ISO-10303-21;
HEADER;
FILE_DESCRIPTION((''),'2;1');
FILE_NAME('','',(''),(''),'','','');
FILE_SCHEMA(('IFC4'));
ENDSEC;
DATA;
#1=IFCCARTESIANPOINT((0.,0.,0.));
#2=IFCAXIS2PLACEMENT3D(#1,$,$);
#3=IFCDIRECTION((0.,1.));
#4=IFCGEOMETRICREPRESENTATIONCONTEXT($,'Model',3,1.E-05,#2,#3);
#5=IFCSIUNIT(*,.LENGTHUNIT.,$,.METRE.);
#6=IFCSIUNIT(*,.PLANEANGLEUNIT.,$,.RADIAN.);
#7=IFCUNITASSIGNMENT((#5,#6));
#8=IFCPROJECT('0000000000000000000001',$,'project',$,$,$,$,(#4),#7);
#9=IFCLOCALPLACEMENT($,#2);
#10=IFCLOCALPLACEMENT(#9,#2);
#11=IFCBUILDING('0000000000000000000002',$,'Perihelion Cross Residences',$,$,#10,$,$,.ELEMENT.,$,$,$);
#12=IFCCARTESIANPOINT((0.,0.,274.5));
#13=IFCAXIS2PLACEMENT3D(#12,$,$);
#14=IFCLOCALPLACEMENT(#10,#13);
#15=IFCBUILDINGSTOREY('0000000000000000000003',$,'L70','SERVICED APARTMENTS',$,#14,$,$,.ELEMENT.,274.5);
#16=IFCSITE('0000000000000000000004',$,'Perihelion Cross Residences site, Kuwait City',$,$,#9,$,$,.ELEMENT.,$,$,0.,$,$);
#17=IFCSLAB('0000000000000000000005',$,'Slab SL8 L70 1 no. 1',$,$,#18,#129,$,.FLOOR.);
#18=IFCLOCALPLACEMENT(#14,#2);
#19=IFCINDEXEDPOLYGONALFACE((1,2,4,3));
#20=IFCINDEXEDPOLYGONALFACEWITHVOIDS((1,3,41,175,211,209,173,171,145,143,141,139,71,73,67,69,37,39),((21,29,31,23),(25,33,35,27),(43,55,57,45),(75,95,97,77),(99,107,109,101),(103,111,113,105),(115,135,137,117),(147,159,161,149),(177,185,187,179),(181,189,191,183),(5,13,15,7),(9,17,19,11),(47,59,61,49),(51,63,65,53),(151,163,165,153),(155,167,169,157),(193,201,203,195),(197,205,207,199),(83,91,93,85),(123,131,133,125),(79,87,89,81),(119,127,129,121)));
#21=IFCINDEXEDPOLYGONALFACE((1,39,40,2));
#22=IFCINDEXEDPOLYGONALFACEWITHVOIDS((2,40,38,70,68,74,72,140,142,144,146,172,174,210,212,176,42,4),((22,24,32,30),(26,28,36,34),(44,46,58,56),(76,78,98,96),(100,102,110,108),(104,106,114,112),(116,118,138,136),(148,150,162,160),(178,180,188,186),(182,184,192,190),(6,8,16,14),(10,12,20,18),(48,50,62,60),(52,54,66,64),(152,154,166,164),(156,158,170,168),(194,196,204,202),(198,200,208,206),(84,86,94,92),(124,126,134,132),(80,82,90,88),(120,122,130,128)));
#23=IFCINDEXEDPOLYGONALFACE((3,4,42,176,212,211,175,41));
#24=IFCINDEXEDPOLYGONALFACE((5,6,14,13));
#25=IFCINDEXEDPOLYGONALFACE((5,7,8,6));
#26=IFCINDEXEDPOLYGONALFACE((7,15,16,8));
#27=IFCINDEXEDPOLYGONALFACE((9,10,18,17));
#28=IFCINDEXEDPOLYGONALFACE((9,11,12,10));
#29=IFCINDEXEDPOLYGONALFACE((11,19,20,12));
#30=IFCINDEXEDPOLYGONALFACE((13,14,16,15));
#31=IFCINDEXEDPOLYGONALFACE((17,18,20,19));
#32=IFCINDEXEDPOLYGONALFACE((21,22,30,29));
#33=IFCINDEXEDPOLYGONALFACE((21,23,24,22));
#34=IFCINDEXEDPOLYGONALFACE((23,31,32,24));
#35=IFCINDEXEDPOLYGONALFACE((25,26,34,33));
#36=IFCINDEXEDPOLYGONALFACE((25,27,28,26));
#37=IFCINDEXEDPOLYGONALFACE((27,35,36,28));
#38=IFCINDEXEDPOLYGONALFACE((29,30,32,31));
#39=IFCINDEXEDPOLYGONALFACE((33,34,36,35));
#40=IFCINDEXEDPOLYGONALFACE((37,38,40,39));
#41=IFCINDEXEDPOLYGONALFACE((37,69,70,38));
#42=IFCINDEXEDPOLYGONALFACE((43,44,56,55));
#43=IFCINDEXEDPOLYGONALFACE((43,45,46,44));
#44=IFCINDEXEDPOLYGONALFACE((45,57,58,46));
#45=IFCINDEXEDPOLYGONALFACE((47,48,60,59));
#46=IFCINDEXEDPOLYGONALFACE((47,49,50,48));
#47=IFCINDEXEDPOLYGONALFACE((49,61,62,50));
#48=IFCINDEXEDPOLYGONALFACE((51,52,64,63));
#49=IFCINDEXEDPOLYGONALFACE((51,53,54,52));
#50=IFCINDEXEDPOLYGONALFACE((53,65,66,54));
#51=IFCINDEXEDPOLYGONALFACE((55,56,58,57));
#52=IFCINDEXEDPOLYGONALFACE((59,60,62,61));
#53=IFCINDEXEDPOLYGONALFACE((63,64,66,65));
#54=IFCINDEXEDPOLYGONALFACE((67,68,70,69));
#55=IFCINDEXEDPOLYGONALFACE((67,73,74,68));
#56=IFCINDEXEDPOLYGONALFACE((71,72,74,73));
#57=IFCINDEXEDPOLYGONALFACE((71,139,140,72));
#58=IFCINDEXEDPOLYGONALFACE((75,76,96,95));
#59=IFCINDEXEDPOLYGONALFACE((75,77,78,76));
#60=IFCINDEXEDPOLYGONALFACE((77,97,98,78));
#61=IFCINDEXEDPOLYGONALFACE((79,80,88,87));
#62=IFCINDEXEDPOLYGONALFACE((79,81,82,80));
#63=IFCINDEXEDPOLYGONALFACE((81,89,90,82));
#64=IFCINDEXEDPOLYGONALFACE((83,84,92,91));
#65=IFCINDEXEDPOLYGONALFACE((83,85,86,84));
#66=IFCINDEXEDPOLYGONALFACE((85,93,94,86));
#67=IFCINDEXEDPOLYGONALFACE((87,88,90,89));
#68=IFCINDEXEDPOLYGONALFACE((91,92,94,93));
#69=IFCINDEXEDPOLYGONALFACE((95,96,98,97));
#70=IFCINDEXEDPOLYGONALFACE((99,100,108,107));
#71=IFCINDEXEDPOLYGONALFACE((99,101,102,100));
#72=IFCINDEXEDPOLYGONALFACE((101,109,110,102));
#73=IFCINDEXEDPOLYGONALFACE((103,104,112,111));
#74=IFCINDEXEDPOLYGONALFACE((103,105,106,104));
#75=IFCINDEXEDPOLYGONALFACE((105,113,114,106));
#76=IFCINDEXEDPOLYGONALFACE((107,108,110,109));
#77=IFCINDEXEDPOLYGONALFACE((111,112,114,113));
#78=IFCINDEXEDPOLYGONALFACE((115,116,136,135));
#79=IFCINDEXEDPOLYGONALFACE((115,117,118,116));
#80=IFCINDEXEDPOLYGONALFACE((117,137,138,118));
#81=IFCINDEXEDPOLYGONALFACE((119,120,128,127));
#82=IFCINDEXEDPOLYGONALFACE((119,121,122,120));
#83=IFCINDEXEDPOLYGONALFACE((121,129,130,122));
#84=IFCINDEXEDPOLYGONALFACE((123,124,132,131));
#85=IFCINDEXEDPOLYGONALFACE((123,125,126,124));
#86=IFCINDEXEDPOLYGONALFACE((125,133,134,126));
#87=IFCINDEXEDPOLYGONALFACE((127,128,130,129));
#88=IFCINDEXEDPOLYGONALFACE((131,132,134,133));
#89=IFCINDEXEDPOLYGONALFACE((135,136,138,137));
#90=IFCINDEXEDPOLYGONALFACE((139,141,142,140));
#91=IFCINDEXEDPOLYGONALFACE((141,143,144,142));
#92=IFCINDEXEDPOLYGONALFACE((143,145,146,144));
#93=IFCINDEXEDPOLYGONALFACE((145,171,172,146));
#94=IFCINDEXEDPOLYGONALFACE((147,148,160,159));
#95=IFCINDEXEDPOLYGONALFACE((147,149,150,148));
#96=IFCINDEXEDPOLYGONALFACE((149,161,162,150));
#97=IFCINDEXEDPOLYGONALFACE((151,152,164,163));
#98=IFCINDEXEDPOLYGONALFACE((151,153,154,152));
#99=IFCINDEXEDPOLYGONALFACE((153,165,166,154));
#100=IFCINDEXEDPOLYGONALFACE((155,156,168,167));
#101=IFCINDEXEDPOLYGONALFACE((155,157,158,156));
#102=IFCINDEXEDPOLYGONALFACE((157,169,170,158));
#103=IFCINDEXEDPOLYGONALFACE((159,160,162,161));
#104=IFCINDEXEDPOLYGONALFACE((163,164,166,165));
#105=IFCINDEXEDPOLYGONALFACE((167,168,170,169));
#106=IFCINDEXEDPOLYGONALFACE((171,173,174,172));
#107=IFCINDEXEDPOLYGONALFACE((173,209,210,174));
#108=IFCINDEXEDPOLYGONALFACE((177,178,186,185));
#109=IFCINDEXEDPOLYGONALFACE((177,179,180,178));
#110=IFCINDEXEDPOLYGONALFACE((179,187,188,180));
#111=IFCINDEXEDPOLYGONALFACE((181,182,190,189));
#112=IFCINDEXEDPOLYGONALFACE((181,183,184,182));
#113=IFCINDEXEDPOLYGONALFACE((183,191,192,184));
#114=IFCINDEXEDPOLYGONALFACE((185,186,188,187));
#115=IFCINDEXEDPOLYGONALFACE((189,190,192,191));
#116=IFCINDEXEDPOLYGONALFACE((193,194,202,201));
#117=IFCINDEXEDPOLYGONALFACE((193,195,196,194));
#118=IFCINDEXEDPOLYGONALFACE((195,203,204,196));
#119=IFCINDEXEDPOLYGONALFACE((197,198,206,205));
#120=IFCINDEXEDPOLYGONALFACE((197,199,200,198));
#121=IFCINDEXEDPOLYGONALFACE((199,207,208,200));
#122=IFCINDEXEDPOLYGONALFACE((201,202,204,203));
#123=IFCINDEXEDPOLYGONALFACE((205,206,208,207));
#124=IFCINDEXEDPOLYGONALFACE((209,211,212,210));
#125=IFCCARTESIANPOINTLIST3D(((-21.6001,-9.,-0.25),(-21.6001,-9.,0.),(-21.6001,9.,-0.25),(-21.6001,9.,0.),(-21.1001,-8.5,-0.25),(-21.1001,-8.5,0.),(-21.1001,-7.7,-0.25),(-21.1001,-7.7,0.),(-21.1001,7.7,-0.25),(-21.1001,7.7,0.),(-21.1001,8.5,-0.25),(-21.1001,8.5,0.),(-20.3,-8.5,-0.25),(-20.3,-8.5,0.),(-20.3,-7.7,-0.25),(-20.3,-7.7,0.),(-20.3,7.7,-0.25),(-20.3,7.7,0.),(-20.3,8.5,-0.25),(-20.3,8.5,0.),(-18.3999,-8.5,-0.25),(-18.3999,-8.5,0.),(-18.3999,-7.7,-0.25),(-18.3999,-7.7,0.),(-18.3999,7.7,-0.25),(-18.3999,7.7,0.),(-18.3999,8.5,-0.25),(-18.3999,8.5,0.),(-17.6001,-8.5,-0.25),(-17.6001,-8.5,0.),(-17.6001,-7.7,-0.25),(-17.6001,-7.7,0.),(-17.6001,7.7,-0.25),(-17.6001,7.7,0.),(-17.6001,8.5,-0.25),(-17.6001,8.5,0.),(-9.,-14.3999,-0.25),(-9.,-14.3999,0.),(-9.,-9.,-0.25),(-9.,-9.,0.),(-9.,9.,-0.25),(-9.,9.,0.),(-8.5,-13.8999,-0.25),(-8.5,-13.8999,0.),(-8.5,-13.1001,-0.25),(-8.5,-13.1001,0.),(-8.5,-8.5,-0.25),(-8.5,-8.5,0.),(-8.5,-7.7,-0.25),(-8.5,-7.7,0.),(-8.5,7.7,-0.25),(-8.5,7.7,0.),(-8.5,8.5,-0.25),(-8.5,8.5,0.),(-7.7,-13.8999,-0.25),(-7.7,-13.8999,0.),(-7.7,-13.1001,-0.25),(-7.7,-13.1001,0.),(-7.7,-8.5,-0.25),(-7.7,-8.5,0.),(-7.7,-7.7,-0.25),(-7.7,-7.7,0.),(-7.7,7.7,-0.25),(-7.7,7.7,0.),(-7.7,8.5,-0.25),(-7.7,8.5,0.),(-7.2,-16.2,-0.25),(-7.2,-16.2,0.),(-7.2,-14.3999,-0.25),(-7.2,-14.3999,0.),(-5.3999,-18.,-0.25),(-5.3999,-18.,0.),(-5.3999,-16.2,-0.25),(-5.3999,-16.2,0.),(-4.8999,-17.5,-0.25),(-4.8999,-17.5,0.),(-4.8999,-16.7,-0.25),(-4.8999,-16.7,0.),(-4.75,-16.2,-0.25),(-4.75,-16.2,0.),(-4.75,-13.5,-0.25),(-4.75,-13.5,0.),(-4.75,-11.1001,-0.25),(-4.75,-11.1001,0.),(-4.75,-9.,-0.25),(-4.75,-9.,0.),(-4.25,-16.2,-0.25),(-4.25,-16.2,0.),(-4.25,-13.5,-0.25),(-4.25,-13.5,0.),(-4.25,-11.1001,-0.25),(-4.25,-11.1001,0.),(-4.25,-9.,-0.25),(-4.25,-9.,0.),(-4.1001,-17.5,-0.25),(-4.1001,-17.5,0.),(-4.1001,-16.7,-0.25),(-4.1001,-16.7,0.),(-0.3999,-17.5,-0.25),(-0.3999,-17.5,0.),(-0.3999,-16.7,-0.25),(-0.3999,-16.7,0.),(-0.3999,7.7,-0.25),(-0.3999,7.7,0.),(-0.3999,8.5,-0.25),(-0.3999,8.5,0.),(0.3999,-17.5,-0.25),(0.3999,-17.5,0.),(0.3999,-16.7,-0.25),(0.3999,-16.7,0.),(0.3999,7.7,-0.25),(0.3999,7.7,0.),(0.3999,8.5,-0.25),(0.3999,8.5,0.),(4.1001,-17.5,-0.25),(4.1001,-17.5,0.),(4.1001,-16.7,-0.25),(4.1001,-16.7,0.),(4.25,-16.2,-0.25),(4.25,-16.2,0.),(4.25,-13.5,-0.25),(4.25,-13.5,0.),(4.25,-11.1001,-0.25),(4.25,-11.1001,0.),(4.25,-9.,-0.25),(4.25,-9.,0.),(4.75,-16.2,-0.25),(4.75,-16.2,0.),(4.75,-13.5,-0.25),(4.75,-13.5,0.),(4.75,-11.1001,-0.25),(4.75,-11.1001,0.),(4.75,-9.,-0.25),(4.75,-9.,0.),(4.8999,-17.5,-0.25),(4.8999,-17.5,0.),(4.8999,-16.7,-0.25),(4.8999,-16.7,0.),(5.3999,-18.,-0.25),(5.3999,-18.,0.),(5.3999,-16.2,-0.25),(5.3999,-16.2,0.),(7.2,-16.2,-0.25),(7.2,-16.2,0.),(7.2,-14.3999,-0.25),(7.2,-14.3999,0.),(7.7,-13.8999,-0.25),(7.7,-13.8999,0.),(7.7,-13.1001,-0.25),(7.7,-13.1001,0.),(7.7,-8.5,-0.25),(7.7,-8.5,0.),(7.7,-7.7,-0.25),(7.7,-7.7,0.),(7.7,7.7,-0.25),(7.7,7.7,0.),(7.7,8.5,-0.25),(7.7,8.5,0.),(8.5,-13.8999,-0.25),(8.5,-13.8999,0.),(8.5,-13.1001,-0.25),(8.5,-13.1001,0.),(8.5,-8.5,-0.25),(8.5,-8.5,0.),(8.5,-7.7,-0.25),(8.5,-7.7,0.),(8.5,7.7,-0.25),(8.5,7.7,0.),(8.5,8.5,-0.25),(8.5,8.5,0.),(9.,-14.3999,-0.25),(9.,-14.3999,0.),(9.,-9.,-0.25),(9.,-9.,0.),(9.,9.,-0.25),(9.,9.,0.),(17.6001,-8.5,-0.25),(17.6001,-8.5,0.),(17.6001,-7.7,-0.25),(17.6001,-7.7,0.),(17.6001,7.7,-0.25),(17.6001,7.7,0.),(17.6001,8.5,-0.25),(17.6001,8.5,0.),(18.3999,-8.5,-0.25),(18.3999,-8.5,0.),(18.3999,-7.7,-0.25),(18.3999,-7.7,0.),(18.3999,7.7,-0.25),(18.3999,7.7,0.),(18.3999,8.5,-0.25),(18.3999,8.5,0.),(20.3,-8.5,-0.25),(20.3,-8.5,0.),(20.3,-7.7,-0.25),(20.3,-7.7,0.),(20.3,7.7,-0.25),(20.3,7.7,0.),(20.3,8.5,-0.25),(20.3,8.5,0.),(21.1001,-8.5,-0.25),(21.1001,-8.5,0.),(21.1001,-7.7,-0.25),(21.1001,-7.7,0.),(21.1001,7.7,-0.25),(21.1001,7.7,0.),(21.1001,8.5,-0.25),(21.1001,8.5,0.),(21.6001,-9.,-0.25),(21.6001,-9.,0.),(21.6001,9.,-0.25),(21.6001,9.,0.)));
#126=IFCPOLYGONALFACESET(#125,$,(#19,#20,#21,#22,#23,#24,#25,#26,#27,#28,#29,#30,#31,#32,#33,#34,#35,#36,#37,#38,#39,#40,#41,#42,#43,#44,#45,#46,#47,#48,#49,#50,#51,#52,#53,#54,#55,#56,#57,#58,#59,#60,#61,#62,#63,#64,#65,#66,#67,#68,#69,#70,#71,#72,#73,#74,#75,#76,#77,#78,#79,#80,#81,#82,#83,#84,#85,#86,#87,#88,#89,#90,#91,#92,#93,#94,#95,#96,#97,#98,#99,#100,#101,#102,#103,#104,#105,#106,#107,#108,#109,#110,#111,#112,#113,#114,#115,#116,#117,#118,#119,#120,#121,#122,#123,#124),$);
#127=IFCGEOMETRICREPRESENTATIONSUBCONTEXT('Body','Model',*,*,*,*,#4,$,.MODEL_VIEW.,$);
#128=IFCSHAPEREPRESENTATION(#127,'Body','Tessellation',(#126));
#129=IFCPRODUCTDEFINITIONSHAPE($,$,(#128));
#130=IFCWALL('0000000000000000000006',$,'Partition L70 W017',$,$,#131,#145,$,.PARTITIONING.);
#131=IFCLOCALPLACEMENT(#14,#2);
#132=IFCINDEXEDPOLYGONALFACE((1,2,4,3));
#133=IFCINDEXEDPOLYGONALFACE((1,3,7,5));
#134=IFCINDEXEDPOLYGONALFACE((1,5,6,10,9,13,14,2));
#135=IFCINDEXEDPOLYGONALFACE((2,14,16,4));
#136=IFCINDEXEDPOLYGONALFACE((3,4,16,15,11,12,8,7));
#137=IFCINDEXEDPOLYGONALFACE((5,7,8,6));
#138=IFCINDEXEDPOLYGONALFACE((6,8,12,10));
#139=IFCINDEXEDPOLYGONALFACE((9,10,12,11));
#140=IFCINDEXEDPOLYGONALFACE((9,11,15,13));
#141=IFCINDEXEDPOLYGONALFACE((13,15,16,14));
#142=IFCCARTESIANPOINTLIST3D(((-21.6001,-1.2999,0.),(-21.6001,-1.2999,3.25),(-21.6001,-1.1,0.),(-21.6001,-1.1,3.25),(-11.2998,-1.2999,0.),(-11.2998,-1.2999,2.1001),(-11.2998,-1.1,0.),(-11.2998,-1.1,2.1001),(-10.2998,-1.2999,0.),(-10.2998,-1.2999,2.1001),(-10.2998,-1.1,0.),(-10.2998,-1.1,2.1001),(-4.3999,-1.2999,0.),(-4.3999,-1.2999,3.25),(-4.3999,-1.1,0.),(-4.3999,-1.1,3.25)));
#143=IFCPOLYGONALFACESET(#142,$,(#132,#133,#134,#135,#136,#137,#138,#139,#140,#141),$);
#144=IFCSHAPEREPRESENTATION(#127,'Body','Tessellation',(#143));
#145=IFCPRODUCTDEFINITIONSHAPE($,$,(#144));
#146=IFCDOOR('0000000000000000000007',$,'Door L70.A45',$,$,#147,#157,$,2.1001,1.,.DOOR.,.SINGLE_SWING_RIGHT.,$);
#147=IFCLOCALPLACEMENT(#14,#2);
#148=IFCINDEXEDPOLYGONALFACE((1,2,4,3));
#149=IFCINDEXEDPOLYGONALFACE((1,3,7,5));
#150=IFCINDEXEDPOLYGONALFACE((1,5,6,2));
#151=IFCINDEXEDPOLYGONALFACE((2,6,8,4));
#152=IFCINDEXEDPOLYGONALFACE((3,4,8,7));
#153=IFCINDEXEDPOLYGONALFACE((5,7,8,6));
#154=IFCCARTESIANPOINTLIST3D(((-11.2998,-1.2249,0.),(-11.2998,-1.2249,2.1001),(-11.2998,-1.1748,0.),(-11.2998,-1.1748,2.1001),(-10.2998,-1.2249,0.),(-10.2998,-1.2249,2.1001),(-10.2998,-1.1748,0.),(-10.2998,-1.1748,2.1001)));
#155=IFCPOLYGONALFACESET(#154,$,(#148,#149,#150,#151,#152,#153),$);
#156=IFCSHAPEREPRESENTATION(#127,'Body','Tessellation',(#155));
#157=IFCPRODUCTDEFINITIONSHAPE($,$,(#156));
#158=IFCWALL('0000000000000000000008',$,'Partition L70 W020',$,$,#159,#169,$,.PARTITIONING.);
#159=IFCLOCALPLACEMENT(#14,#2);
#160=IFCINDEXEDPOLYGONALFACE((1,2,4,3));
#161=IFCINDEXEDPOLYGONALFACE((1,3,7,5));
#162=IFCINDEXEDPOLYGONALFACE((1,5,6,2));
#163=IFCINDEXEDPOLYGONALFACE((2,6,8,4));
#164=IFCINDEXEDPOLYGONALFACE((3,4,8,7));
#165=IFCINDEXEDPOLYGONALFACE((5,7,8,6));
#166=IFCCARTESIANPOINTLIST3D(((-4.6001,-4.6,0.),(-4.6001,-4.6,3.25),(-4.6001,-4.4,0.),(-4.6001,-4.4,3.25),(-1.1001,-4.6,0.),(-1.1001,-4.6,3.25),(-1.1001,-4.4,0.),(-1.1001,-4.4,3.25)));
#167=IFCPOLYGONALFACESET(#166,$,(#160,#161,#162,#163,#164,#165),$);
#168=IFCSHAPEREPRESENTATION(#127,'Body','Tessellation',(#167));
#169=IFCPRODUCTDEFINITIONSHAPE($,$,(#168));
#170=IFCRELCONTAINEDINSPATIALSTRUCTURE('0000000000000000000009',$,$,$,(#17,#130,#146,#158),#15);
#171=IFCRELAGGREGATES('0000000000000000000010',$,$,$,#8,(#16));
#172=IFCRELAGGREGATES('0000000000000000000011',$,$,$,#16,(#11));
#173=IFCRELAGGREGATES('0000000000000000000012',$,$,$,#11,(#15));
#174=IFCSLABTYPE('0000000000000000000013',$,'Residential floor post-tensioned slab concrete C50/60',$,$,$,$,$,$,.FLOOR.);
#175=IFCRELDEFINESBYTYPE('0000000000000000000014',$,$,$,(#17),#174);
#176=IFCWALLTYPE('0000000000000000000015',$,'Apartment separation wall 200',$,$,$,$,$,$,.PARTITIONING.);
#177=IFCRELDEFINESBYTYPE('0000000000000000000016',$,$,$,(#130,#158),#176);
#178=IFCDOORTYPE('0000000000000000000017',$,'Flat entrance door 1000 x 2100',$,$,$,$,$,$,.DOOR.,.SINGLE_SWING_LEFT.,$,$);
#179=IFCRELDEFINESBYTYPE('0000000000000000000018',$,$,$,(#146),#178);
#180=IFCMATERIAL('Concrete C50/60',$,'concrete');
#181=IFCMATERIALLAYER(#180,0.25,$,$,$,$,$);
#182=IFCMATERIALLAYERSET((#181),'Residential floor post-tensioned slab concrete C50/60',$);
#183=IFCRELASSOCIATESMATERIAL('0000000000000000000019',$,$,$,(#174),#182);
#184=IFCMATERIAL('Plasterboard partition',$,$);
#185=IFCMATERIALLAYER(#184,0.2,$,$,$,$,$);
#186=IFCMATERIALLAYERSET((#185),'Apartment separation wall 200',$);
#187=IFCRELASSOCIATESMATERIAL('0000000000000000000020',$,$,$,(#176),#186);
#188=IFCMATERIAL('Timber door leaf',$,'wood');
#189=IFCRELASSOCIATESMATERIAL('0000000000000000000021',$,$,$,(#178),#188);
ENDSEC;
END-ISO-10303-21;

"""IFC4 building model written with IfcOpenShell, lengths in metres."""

from ifc_helpers import new_model, si_unit, direction, frame, frame_2d, origin, place, context, subcontext, project, spatial, polyline, rectangle, outline, extrude, material, layer, layer_set, type_object, element, fill, save


model = new_model("IFC4")

# Units and contexts
model_context = context("Model", 3, precision=1e-05, world=origin(), true_north=direction((0.0, 1.0)))
body_context = subcontext(model_context, "Body", "Model", "MODEL_VIEW")
ifc_project = project(units=[si_unit("LENGTHUNIT", "METRE"), si_unit("PLANEANGLEUNIT", "RADIAN")], contexts=[model_context])

# Site, building, storey
site_placement = place(None, origin())
site = spatial("IfcSite", under=ifc_project, at=site_placement, Name="Perihelion Cross Residences site, Kuwait City", CompositionType="ELEMENT", RefElevation=0.0)
building_placement = place(site_placement, origin())
building = spatial("IfcBuilding", under=site, at=building_placement, Name="Perihelion Cross Residences", CompositionType="ELEMENT")
storey_placement = place(building_placement, frame((0.0, 0.0, 274.5)))
storey = spatial("IfcBuildingStorey", under=building, at=storey_placement, Name="L70", Description="SERVICED APARTMENTS", CompositionType="ELEMENT", Elevation=274.5)

# Slab
ifc_material_1 = material(Name="Concrete C50/60", Category="concrete")
ifc_layer_1 = layer(ifc_material_1, 0.25)
ifc_layer_set_1 = layer_set([ifc_layer_1], Name="Residential floor post-tensioned slab concrete C50/60")
slab_type_1 = type_object("IfcSlabType", Name="Residential floor post-tensioned slab concrete C50/60", PredefinedType="FLOOR", material=ifc_layer_set_1)
slab_1_placement = place(storey_placement, frame((0.0, 0.0, -0.25)))
element("IfcSlab", 1, at=slab_1_placement, inside=storey, type_object=slab_type_1, Name="Slab SL8 L70 1 no. 1", PredefinedType="FLOOR", context=body_context, shape_type="SweptSolid", body=[
    extrude(outline(polyline([(-9.0, 9.0), (9.0, 9.0), (21.6001, 9.0), (21.6001, -9.0), (9.0, -9.0), (9.0, -14.3999), (7.2, -14.3999), (7.2, -16.2), (5.3999, -16.2), (5.3999, -18.0), (-5.3999, -18.0), (-5.3999, -16.2), (-7.2, -16.2), (-7.2, -14.3999), (-9.0, -14.3999), (-9.0, -9.0), (-21.6001, -9.0), (-21.6001, 9.0), (-9.0, 9.0)]), holes=[polyline([(-4.1001, -16.7), (-4.8999, -16.7), (-4.8999, -17.5), (-4.1001, -17.5), (-4.1001, -16.7)]), polyline([(0.3999, -17.5), (0.3999, -16.7), (-0.3999, -16.7), (-0.3999, -17.5), (0.3999, -17.5)]), polyline([(-4.25, -16.2), (-4.25, -13.5), (-4.75, -13.5), (-4.75, -16.2), (-4.25, -16.2)]), polyline([(-7.7, -13.1001), (-8.5, -13.1001), (-8.5, -13.8999), (-7.7, -13.8999), (-7.7, -13.1001)]), polyline([(-4.25, -11.1001), (-4.25, -9.0), (-4.75, -9.0), (-4.75, -11.1001), (-4.25, -11.1001)]), polyline([(-20.3, -8.5), (-20.3, -7.7), (-21.1001, -7.7), (-21.1001, -8.5), (-20.3, -8.5)]), polyline([(-17.6001, -7.7), (-18.3999, -7.7), (-18.3999, -8.5), (-17.6001, -8.5), (-17.6001, -7.7)]), polyline([(-7.7, -8.5), (-7.7, -7.7), (-8.5, -7.7), (-8.5, -8.5), (-7.7, -8.5)]), polyline([(-20.3, 8.5), (-21.1001, 8.5), (-21.1001, 7.7), (-20.3, 7.7), (-20.3, 8.5)]), polyline([(-17.6001, 7.7), (-17.6001, 8.5), (-18.3999, 8.5), (-18.3999, 7.7), (-17.6001, 7.7)]), polyline([(-7.7, 7.7), (-7.7, 8.5), (-8.5, 8.5), (-8.5, 7.7), (-7.7, 7.7)]), polyline([(4.8999, -16.7), (4.1001, -16.7), (4.1001, -17.5), (4.8999, -17.5), (4.8999, -16.7)]), polyline([(4.75, -16.2), (4.75, -13.5), (4.25, -13.5), (4.25, -16.2), (4.75, -16.2)]), polyline([(8.5, -13.8999), (8.5, -13.1001), (7.7, -13.1001), (7.7, -13.8999), (8.5, -13.8999)]), polyline([(4.75, -9.0), (4.25, -9.0), (4.25, -11.1001), (4.75, -11.1001), (4.75, -9.0)]), polyline([(8.5, -8.5), (8.5, -7.7), (7.7, -7.7), (7.7, -8.5), (8.5, -8.5)]), polyline([(18.3999, -8.5), (18.3999, -7.7), (17.6001, -7.7), (17.6001, -8.5), (18.3999, -8.5)]), polyline([(21.1001, -7.7), (20.3, -7.7), (20.3, -8.5), (21.1001, -8.5), (21.1001, -7.7)]), polyline([(0.3999, 7.7), (0.3999, 8.5), (-0.3999, 8.5), (-0.3999, 7.7), (0.3999, 7.7)]), polyline([(8.5, 8.5), (7.7, 8.5), (7.7, 7.7), (8.5, 7.7), (8.5, 8.5)]), polyline([(18.3999, 7.7), (18.3999, 8.5), (17.6001, 8.5), (17.6001, 7.7), (18.3999, 7.7)]), polyline([(21.1001, 7.7), (21.1001, 8.5), (20.3, 8.5), (20.3, 7.7), (21.1001, 7.7)])]), origin(), (0.0, 0.0, 1.0), 0.25),
])

# Wall, opening, door
ifc_material_2 = material(Name="Plasterboard partition")
ifc_layer_2 = layer(ifc_material_2, 0.2)
ifc_layer_set_2 = layer_set([ifc_layer_2], Name="Apartment separation wall 200")
wall_type_1 = type_object("IfcWallType", Name="Apartment separation wall 200", PredefinedType="PARTITIONING", material=ifc_layer_set_2)
wall_1_placement = place(storey_placement, frame((-4.3999, -1.2, 0.0), z_axis=(0.0, 0.0, 1.0), x_axis=(-1.0, 0.0, 0.0)))
wall_1 = element("IfcWall", 2, at=wall_1_placement, inside=storey, type_object=wall_type_1, Name="Partition L70 W017", PredefinedType="PARTITIONING", context=body_context, shape_type="SweptSolid", body=[
    extrude(rectangle(XDim=17.2002, YDim=0.2, at=frame_2d((8.6001, 0.0))), origin(), (0.0, 0.0, 1.0), 3.25),
])
opening_1_placement = place(wall_1_placement, frame((5.8999, 0.0, 0.0)))
opening_1 = element("IfcOpeningElement", 3, at=opening_1_placement, cuts=wall_1, PredefinedType="OPENING", context=body_context, shape_type="SweptSolid", body=[
    extrude(rectangle(XDim=1.0, YDim=2.1001, at=frame_2d((0.5, 1.05))), frame((0.0, 0.1099, 0.0), z_axis=(0.0, -1.0, 0.0), x_axis=(1.0, 0.0, 0.0)), (0.0, 0.0, 1.0), 0.22),
])
ifc_material_3 = material(Name="Timber door leaf", Category="wood")
door_type_1 = type_object("IfcDoorType", Name="Flat entrance door 1000 x 2100", OperationType="SINGLE_SWING_LEFT", PredefinedType="DOOR", material=ifc_material_3)
door_1_placement = place(opening_1_placement, origin())
door_1 = element("IfcDoor", 4, at=door_1_placement, inside=storey, type_object=door_type_1, Name="Door L70.A45", OperationType="SINGLE_SWING_RIGHT", OverallHeight=2.1001, OverallWidth=1.0, PredefinedType="DOOR", context=body_context, shape_type="SweptSolid", body=[
    extrude(rectangle(XDim=1.0, YDim=2.1001, at=frame_2d((0.5, 1.05))), frame((0.0, 0.0249, 0.0), z_axis=(0.0, -1.0, 0.0), x_axis=(1.0, 0.0, 0.0)), (0.0, 0.0, 1.0), 0.05),
])
fill(opening_1, door_1)

# Wall
wall_2_placement = place(storey_placement, frame((-1.1001, -4.5, 0.0), z_axis=(0.0, 0.0, 1.0), x_axis=(-1.0, 0.0, 0.0)))
element("IfcWall", 5, at=wall_2_placement, inside=storey, type_object=wall_type_1, Name="Partition L70 W020", PredefinedType="PARTITIONING", context=body_context, shape_type="SweptSolid", body=[
    extrude(rectangle(XDim=3.5, YDim=0.2, at=frame_2d((1.75, 0.0))), origin(), (0.0, 0.0, 1.0), 3.25),
])

save(model, "model.ifc")
